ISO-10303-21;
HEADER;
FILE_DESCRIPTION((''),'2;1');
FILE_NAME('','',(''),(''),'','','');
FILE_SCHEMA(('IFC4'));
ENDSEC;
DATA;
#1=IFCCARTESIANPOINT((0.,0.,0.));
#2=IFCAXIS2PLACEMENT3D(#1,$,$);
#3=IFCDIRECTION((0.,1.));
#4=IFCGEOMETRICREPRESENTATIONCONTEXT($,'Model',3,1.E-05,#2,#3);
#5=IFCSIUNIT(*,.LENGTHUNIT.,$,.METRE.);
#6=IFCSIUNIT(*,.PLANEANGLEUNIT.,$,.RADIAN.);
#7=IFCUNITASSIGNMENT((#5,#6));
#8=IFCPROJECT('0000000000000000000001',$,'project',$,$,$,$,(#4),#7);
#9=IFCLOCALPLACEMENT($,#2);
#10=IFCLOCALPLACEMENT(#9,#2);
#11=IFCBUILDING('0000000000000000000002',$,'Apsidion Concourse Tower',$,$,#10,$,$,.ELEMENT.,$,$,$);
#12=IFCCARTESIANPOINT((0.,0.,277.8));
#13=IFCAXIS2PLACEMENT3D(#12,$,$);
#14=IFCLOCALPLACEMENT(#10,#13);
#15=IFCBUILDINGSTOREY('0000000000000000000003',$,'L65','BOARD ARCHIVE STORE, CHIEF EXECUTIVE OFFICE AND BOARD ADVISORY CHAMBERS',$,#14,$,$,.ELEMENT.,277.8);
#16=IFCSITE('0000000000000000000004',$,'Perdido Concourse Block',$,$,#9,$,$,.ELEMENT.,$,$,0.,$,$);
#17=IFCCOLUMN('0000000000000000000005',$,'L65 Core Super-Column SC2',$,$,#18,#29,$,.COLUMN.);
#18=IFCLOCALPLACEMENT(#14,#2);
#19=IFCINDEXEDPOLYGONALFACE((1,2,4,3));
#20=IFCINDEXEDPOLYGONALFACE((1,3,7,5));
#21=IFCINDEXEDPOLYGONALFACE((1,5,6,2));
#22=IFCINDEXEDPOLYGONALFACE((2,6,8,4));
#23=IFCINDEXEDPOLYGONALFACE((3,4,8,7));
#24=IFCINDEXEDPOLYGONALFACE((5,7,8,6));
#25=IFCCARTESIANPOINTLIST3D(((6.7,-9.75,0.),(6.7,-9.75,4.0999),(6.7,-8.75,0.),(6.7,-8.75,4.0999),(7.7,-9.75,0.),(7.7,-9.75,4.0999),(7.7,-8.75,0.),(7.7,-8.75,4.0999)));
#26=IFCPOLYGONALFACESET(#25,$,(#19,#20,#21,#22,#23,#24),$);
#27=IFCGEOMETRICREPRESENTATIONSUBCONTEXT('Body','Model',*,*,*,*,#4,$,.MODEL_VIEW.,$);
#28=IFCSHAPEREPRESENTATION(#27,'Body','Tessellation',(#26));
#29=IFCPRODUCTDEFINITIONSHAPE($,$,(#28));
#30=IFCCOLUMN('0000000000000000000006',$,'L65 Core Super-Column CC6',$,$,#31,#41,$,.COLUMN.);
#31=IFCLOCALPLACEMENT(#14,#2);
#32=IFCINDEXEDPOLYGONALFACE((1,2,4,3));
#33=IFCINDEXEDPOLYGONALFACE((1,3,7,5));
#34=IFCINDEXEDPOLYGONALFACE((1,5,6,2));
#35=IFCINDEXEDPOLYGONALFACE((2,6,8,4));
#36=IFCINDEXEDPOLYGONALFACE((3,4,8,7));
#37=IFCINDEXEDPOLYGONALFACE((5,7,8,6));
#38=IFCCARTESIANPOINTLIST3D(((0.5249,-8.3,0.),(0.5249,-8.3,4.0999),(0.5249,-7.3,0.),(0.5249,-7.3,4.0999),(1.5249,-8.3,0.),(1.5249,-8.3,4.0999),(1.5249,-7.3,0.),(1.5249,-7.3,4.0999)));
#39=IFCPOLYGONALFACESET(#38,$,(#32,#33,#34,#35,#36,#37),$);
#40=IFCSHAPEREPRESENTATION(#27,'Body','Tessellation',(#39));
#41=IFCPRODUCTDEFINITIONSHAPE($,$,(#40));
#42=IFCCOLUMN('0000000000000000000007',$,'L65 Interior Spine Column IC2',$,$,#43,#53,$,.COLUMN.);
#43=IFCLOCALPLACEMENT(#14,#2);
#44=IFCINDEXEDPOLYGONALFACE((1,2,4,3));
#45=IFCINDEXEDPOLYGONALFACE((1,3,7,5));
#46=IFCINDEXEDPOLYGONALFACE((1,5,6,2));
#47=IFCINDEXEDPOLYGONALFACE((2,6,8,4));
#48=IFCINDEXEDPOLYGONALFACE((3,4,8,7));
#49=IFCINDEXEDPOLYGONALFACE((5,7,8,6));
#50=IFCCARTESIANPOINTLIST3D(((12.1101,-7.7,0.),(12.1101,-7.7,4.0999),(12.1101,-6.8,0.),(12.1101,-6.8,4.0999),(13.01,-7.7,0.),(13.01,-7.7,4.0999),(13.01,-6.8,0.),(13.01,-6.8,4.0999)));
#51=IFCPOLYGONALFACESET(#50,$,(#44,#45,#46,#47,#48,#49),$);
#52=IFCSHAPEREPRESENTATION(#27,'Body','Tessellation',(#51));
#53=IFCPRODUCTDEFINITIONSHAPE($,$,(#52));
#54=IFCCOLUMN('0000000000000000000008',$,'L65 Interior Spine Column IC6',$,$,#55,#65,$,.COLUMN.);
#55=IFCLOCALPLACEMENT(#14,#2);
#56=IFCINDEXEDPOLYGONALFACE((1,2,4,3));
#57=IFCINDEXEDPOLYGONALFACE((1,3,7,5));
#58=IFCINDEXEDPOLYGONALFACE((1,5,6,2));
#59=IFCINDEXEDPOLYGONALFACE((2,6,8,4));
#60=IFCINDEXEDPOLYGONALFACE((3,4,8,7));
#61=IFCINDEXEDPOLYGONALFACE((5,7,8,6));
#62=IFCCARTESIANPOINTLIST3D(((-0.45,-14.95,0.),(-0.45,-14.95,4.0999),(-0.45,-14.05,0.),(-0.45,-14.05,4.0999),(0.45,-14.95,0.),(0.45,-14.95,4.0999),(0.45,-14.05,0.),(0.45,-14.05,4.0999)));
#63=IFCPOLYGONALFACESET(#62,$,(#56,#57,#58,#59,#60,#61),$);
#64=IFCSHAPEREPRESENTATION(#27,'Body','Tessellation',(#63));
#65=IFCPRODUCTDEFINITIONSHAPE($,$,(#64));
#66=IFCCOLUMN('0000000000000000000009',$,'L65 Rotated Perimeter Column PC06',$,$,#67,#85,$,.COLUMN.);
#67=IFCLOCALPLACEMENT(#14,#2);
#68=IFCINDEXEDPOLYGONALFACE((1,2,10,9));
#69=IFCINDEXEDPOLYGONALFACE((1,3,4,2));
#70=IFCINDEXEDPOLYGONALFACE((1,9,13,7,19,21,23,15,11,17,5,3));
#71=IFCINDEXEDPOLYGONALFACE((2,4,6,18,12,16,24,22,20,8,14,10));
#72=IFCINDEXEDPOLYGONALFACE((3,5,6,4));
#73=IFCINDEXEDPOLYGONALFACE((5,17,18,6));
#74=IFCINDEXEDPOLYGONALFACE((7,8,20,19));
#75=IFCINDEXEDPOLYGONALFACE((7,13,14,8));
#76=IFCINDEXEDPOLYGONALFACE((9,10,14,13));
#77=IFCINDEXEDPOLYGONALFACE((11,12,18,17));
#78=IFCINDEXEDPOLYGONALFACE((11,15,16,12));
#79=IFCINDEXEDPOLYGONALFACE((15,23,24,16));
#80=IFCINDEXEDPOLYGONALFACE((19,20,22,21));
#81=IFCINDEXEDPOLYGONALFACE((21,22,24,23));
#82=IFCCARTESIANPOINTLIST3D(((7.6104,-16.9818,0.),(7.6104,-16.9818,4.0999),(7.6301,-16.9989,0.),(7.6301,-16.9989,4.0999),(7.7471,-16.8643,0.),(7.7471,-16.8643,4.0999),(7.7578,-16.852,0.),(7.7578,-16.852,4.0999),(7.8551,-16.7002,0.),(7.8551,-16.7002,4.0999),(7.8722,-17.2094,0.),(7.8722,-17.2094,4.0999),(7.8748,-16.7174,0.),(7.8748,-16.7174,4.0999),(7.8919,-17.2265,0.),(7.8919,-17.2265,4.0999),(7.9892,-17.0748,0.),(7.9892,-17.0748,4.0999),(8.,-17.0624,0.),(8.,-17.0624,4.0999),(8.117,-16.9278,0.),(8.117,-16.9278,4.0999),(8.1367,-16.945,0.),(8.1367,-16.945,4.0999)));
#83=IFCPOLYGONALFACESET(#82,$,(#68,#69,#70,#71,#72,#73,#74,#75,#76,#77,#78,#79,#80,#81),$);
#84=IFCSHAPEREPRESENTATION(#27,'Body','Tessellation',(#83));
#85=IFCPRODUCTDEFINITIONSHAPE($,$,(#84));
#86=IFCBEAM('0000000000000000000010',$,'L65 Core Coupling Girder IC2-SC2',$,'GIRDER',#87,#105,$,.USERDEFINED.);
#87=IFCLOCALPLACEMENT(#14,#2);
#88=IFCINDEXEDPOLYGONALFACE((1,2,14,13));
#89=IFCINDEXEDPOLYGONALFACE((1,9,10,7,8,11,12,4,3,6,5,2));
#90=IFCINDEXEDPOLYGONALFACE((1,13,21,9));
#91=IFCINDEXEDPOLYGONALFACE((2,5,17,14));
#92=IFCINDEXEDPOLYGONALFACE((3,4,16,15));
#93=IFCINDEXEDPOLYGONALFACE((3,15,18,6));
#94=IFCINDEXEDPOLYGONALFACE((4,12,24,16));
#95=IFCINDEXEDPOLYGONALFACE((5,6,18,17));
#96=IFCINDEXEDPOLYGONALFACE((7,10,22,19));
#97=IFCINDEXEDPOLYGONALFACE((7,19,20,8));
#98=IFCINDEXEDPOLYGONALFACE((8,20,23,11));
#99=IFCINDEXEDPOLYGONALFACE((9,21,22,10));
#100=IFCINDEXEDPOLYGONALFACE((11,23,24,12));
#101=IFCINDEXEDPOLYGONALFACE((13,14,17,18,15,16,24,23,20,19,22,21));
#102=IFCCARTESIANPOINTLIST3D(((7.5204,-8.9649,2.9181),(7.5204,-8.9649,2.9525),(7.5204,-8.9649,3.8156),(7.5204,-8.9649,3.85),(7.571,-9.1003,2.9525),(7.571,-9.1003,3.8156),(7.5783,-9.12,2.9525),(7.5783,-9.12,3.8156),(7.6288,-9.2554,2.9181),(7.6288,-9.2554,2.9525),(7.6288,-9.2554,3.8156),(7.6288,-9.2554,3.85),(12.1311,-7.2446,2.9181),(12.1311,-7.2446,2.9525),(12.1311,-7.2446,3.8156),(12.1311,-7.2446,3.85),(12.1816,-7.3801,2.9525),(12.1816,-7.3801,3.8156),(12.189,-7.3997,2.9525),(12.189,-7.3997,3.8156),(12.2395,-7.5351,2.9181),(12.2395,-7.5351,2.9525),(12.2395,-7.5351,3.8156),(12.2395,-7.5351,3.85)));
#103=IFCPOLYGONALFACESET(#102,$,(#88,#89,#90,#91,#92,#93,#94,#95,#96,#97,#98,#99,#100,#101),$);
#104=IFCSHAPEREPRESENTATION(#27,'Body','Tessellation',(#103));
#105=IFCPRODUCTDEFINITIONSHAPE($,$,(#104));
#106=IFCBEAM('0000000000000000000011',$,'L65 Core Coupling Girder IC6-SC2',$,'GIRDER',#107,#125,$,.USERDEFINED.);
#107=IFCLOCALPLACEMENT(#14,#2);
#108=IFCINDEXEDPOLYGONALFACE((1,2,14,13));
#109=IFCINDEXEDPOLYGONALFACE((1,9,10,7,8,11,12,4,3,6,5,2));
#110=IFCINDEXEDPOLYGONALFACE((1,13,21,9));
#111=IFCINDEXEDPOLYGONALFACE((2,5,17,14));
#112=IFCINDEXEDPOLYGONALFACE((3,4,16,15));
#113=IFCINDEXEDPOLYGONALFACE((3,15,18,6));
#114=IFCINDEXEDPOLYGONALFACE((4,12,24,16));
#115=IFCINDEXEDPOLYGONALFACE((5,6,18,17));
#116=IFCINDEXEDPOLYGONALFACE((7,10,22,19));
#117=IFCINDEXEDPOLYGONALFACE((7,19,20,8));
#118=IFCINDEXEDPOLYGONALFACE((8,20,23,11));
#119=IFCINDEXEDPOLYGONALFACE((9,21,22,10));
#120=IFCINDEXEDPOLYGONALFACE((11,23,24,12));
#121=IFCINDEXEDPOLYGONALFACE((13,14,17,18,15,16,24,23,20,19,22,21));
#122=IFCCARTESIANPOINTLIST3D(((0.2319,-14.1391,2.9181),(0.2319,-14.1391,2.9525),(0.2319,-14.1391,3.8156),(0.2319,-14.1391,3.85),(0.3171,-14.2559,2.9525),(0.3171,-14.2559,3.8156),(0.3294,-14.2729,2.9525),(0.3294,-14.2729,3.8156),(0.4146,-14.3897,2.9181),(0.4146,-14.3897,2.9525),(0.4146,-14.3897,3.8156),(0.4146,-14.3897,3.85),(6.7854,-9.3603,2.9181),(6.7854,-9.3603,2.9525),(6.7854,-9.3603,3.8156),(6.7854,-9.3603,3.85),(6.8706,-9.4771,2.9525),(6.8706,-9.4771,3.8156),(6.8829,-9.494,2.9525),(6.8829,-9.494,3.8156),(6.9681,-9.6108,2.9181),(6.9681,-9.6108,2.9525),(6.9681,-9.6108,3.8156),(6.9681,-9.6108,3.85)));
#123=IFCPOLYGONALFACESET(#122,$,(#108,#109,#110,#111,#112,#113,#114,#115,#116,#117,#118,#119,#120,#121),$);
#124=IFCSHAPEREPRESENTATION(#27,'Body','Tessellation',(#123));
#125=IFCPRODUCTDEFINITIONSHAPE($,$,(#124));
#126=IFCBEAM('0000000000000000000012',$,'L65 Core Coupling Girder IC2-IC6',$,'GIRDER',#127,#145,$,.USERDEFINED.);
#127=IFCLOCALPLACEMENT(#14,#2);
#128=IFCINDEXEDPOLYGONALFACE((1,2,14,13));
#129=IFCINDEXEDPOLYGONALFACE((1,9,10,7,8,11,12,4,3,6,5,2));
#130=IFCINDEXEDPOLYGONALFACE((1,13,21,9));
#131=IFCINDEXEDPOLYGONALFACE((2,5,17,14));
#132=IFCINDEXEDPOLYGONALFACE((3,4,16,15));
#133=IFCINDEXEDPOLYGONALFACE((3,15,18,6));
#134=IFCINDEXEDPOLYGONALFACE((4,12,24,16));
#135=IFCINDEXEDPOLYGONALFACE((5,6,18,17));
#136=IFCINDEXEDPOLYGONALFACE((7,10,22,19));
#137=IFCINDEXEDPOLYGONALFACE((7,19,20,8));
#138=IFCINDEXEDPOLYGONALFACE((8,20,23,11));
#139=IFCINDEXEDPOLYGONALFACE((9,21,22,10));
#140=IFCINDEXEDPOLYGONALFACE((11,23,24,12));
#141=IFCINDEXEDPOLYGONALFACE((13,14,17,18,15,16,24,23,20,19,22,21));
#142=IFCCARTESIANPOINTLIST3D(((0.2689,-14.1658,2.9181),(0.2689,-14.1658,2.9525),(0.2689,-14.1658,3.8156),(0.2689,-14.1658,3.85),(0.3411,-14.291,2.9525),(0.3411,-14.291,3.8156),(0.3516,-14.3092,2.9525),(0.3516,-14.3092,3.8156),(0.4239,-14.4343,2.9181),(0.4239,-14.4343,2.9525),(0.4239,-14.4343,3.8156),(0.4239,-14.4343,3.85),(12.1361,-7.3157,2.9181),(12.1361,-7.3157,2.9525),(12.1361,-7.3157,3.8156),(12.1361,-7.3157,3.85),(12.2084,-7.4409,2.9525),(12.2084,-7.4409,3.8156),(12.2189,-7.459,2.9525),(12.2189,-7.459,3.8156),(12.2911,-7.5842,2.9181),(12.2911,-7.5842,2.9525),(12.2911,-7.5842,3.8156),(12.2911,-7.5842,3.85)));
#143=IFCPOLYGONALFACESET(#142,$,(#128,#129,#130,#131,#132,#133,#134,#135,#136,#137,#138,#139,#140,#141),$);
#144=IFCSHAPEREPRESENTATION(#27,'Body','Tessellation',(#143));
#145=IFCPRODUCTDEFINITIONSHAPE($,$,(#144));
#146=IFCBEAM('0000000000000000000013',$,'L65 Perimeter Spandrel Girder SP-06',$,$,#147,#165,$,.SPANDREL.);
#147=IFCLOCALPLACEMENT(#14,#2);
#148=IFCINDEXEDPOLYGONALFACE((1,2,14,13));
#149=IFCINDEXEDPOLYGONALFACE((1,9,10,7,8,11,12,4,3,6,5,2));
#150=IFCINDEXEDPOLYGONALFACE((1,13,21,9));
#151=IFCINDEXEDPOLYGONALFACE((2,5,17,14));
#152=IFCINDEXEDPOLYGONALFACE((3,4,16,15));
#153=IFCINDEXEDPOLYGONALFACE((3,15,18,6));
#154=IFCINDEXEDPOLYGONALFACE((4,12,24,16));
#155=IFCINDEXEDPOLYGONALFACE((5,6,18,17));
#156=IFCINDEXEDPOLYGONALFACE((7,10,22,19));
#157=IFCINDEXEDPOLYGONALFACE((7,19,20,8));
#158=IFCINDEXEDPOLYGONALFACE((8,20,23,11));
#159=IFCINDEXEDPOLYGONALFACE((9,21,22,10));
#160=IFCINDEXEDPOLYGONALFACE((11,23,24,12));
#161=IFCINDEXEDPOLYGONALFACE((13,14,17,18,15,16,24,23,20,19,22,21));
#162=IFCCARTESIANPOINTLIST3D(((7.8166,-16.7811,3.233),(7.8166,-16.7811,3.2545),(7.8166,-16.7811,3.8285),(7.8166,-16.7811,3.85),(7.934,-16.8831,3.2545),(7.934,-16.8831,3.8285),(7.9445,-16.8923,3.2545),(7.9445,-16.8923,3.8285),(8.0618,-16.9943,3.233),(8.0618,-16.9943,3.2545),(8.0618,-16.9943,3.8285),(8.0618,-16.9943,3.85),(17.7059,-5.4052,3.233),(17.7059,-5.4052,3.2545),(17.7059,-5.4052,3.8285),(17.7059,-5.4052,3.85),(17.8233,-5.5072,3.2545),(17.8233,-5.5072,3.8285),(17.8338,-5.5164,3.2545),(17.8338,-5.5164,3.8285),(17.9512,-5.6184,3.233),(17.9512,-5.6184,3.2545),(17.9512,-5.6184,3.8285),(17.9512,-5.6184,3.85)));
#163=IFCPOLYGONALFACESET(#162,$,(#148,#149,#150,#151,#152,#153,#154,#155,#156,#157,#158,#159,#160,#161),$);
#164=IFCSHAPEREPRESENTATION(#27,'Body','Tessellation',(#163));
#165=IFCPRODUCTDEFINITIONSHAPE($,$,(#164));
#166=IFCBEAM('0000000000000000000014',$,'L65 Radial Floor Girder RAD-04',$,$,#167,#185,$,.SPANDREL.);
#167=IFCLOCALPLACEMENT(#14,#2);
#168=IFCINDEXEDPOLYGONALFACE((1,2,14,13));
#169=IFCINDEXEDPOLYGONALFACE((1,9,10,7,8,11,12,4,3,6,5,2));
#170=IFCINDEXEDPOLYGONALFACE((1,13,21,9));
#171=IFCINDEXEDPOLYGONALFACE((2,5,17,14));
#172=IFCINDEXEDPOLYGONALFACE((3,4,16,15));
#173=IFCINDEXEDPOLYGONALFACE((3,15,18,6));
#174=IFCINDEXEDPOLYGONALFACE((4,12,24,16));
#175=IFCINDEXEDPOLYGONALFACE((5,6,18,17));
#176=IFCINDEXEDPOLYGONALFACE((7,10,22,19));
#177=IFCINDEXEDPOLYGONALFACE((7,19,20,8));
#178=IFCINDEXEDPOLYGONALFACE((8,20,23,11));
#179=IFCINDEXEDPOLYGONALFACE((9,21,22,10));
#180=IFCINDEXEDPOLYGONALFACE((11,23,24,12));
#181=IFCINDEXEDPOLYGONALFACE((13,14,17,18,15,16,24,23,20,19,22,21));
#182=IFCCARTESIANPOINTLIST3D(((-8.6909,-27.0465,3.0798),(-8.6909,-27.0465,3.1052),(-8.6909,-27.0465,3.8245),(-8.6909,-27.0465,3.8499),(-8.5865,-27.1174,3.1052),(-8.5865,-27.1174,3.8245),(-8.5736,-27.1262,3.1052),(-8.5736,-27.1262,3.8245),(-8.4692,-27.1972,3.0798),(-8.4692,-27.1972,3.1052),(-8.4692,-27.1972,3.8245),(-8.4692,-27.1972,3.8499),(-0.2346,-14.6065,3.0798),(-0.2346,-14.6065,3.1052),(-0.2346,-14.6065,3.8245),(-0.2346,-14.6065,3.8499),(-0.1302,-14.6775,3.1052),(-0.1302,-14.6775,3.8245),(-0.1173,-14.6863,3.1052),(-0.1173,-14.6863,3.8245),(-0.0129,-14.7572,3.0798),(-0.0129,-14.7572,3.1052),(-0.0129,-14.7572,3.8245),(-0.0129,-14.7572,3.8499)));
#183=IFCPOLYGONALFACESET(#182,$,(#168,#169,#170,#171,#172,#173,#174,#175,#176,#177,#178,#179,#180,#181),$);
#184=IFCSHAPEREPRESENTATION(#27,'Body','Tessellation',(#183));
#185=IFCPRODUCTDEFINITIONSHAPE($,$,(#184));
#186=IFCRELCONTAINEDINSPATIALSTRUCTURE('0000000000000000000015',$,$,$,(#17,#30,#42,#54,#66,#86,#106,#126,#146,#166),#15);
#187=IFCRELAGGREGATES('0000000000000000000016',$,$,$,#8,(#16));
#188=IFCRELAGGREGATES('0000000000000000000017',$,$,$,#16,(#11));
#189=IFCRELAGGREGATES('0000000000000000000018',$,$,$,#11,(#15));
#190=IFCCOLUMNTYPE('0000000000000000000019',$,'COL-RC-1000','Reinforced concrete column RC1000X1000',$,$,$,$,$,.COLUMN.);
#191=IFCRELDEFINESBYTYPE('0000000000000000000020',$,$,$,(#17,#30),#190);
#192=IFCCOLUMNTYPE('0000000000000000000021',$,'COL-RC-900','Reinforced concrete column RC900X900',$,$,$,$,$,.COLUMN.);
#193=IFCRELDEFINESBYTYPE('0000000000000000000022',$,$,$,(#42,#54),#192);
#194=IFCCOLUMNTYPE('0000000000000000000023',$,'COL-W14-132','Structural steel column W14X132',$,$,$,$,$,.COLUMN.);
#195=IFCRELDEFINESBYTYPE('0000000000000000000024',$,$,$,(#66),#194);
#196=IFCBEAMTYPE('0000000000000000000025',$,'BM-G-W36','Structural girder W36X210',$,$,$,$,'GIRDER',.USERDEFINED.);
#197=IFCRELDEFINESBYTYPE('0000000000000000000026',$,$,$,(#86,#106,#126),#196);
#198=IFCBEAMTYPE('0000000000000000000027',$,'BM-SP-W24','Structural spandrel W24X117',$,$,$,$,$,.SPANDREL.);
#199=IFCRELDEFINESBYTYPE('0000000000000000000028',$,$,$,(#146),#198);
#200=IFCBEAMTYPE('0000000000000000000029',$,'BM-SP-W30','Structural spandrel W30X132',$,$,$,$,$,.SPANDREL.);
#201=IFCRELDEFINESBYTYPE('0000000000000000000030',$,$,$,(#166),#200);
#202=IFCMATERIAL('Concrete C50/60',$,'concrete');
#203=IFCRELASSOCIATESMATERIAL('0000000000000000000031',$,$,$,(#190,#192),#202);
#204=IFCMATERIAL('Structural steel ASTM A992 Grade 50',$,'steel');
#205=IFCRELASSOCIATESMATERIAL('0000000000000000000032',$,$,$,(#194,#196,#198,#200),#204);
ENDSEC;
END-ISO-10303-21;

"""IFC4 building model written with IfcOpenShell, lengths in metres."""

from ifc_helpers import new_model, si_unit, direction, frame, origin, origin_2d, place, context, subcontext, project, spatial, rectangle, i_section, extrude, material, material_profile, profile_set, type_object, element, save


model = new_model("IFC4")

# Units and contexts
model_context = context("Model", 3, precision=1e-05, world=origin(), true_north=direction((0.0, 1.0)))
body_context = subcontext(model_context, "Body", "Model", "MODEL_VIEW")
ifc_project = project(units=[si_unit("LENGTHUNIT", "METRE"), si_unit("PLANEANGLEUNIT", "RADIAN")], contexts=[model_context])

# Site, building, storey
site_placement = place(None, origin())
site = spatial("IfcSite", under=ifc_project, at=site_placement, Name="Perdido Concourse Block", CompositionType="ELEMENT", RefElevation=0.0)
building_placement = place(site_placement, origin())
building = spatial("IfcBuilding", under=site, at=building_placement, Name="Apsidion Concourse Tower", CompositionType="ELEMENT")
storey_placement = place(building_placement, frame((0.0, 0.0, 277.8)))
storey = spatial("IfcBuildingStorey", under=building, at=storey_placement, Name="L65", Description="BOARD ARCHIVE STORE, CHIEF EXECUTIVE OFFICE AND BOARD ADVISORY CHAMBERS", CompositionType="ELEMENT", Elevation=277.8)

# Columns
ifc_material_1 = material(Name="Concrete C50/60", Category="concrete")
ifc_material_profile_1 = material_profile(ifc_material_1, rectangle(XDim=1.0, YDim=1.0, at=origin_2d()), Name="RC 1000x1000")
ifc_profile_set_1 = profile_set([ifc_material_profile_1], Name="Concrete C50/60")
column_type_1 = type_object("IfcColumnType", Name="COL-RC-1000", Description="Reinforced concrete column RC1000X1000", PredefinedType="COLUMN", material=ifc_profile_set_1)
for number, where, z_axis, x_axis, name in (
    (1, (7.2, -9.25, 0.0), (0.0, 0.0, 1.0), (1.0, 0.0, 0.0), "L65 Core Super-Column SC2"),
    (2, (1.0249, -7.8, 0.0), (0.0, 0.0, 1.0), (1.0, 0.0, 0.0), "L65 Core Super-Column CC6"),
):
    element("IfcColumn", number, at=place(storey_placement, frame(where, z_axis=z_axis, x_axis=x_axis)), inside=storey, type_object=column_type_1, Name=name, PredefinedType="COLUMN", context=body_context, shape_type="SweptSolid", body=[
        extrude(rectangle(XDim=1.0, YDim=1.0, at=origin_2d()), origin(), (0.0, 0.0, 1.0), 4.0999),
    ])
ifc_material_profile_2 = material_profile(ifc_material_1, rectangle(XDim=0.8999, YDim=0.8999, at=origin_2d()), Name="RC 900x900")
ifc_profile_set_2 = profile_set([ifc_material_profile_2], Name="Concrete C50/60")
column_type_2 = type_object("IfcColumnType", Name="COL-RC-900", Description="Reinforced concrete column RC900X900", PredefinedType="COLUMN", material=ifc_profile_set_2)
for number, where, z_axis, x_axis, name in (
    (3, (12.5601, -7.25, 0.0), (0.0, 0.0, 1.0), (1.0, 0.0, 0.0), "L65 Interior Spine Column IC2"),
    (4, (0.0, -14.5, 0.0), (0.0, 0.0, 1.0), (1.0, 0.0, 0.0), "L65 Interior Spine Column IC6"),
):
    element("IfcColumn", number, at=place(storey_placement, frame(where, z_axis=z_axis, x_axis=x_axis)), inside=storey, type_object=column_type_2, Name=name, PredefinedType="COLUMN", context=body_context, shape_type="SweptSolid", body=[
        extrude(rectangle(XDim=0.8999, YDim=0.8999, at=origin_2d()), origin(), (0.0, 0.0, 1.0), 4.0999),
    ])
ifc_material_2 = material(Name="Structural steel ASTM A992 Grade 50", Category="steel")
ifc_material_profile_3 = material_profile(ifc_material_2, i_section(OverallWidth=0.373, OverallDepth=0.373, WebThickness=0.0164, FlangeThickness=0.0261, at=origin_2d()), Name="W14X132")
ifc_profile_set_3 = profile_set([ifc_material_profile_3], Name="Structural steel ASTM A992 Grade 50")
column_type_3 = type_object("IfcColumnType", Name="COL-W14-132", Description="Structural steel column W14X132", PredefinedType="COLUMN", material=ifc_profile_set_3)
column_placement = place(storey_placement, frame((7.8735, -16.9634, 0.0), z_axis=(0.0, 0.0, 1.0), x_axis=(0.656059, 0.75471, 0.0)))
element("IfcColumn", 5, at=column_placement, inside=storey, type_object=column_type_3, Name="L65 Rotated Perimeter Column PC06", PredefinedType="COLUMN", context=body_context, shape_type="SweptSolid", body=[
    extrude(i_section(OverallWidth=0.373, OverallDepth=0.373, WebThickness=0.0164, FlangeThickness=0.0261, at=origin_2d()), origin(), (0.0, 0.0, 1.0), 4.0999),
])

# Beams
ifc_material_profile_4 = material_profile(ifc_material_2, i_section(OverallWidth=0.3101, OverallDepth=0.9319, WebThickness=0.021, FlangeThickness=0.0344, at=origin_2d()), Name="W36X210")
ifc_profile_set_4 = profile_set([ifc_material_profile_4], Name="Structural steel ASTM A992 Grade 50")
beam_type_1 = type_object("IfcBeamType", Name="BM-G-W36", Description="Structural girder W36X210", ElementType="GIRDER", PredefinedType="USERDEFINED", material=ifc_profile_set_4)
beam_1_placement = place(storey_placement, frame((12.1853, -7.3899, 3.384), z_axis=(-0.936913, -0.349563, 0.0), x_axis=(0.349563, -0.936913, 0.0)))
element("IfcBeam", 6, at=beam_1_placement, inside=storey, type_object=beam_type_1, Name="L65 Core Coupling Girder IC2-SC2", ObjectType="GIRDER", PredefinedType="USERDEFINED", context=body_context, shape_type="SweptSolid", body=[
    extrude(i_section(OverallWidth=0.3101, OverallDepth=0.9319, WebThickness=0.021, FlangeThickness=0.0344, at=origin_2d()), origin(), (0.0, 0.0, 1.0), 4.9211),
])
beam_2_placement = place(storey_placement, frame((0.3232, -14.2644, 3.384), z_axis=(0.807993, 0.589191, 0.0), x_axis=(-0.589191, 0.807993, 0.0)))
element("IfcBeam", 7, at=beam_2_placement, inside=storey, type_object=beam_type_1, Name="L65 Core Coupling Girder IC6-SC2", ObjectType="GIRDER", PredefinedType="USERDEFINED", context=body_context, shape_type="SweptSolid", body=[
    extrude(i_section(OverallWidth=0.3101, OverallDepth=0.9319, WebThickness=0.021, FlangeThickness=0.0344, at=origin_2d()), origin(), (0.0, 0.0, 1.0), 8.1108),
])
beam_3_placement = place(storey_placement, frame((12.2136, -7.45, 3.384), z_axis=(-0.86607, -0.499922, 0.0), x_axis=(0.499922, -0.86607, 0.0)))
element("IfcBeam", 8, at=beam_3_placement, inside=storey, type_object=beam_type_1, Name="L65 Core Coupling Girder IC2-IC6", ObjectType="GIRDER", PredefinedType="USERDEFINED", context=body_context, shape_type="SweptSolid", body=[
    extrude(i_section(OverallWidth=0.3101, OverallDepth=0.9319, WebThickness=0.021, FlangeThickness=0.0344, at=origin_2d()), origin(), (0.0, 0.0, 1.0), 13.7024),
])
ifc_material_profile_5 = material_profile(ifc_material_2, i_section(OverallWidth=0.325, OverallDepth=0.6169, WebThickness=0.0139, FlangeThickness=0.0215, at=origin_2d()), Name="W24X117")
ifc_profile_set_5 = profile_set([ifc_material_profile_5], Name="Structural steel ASTM A992 Grade 50")
beam_type_2 = type_object("IfcBeamType", Name="BM-SP-W24", Description="Structural spandrel W24X117", PredefinedType="SPANDREL", material=ifc_profile_set_5)
beam_4_placement = place(storey_placement, frame((7.9392, -16.8877, 3.5415), z_axis=(0.656075, 0.754696, 0.0), x_axis=(-0.754696, 0.656075, 0.0)))
element("IfcBeam", 9, at=beam_4_placement, inside=storey, type_object=beam_type_2, Name="L65 Perimeter Spandrel Girder SP-06", PredefinedType="SPANDREL", context=body_context, shape_type="SweptSolid", body=[
    extrude(i_section(OverallWidth=0.325, OverallDepth=0.6169, WebThickness=0.0139, FlangeThickness=0.0215, at=origin_2d()), origin(), (0.0, 0.0, 1.0), 15.0735),
])
ifc_material_profile_6 = material_profile(ifc_material_2, i_section(OverallWidth=0.2681, OverallDepth=0.77, WebThickness=0.0156, FlangeThickness=0.0254, at=origin_2d()), Name="W30X132")
ifc_profile_set_6 = profile_set([ifc_material_profile_6], Name="Structural steel ASTM A992 Grade 50")
beam_type_3 = type_object("IfcBeamType", Name="BM-SP-W30", Description="Structural spandrel W30X132", PredefinedType="SPANDREL", material=ifc_profile_set_6)
beam_5_placement = place(storey_placement, frame((-0.1238, -14.6819, 3.4648), z_axis=(-0.56218, -0.827015, 0.0), x_axis=(0.827015, -0.56218, 0.0)))
element("IfcBeam", 10, at=beam_5_placement, inside=storey, type_object=beam_type_3, Name="L65 Radial Floor Girder RAD-04", PredefinedType="SPANDREL", context=body_context, shape_type="SweptSolid", body=[
    extrude(i_section(OverallWidth=0.2681, OverallDepth=0.77, WebThickness=0.0156, FlangeThickness=0.0254, at=origin_2d()), origin(), (0.0, 0.0, 1.0), 15.042),
])

save(model, "model.ifc")
